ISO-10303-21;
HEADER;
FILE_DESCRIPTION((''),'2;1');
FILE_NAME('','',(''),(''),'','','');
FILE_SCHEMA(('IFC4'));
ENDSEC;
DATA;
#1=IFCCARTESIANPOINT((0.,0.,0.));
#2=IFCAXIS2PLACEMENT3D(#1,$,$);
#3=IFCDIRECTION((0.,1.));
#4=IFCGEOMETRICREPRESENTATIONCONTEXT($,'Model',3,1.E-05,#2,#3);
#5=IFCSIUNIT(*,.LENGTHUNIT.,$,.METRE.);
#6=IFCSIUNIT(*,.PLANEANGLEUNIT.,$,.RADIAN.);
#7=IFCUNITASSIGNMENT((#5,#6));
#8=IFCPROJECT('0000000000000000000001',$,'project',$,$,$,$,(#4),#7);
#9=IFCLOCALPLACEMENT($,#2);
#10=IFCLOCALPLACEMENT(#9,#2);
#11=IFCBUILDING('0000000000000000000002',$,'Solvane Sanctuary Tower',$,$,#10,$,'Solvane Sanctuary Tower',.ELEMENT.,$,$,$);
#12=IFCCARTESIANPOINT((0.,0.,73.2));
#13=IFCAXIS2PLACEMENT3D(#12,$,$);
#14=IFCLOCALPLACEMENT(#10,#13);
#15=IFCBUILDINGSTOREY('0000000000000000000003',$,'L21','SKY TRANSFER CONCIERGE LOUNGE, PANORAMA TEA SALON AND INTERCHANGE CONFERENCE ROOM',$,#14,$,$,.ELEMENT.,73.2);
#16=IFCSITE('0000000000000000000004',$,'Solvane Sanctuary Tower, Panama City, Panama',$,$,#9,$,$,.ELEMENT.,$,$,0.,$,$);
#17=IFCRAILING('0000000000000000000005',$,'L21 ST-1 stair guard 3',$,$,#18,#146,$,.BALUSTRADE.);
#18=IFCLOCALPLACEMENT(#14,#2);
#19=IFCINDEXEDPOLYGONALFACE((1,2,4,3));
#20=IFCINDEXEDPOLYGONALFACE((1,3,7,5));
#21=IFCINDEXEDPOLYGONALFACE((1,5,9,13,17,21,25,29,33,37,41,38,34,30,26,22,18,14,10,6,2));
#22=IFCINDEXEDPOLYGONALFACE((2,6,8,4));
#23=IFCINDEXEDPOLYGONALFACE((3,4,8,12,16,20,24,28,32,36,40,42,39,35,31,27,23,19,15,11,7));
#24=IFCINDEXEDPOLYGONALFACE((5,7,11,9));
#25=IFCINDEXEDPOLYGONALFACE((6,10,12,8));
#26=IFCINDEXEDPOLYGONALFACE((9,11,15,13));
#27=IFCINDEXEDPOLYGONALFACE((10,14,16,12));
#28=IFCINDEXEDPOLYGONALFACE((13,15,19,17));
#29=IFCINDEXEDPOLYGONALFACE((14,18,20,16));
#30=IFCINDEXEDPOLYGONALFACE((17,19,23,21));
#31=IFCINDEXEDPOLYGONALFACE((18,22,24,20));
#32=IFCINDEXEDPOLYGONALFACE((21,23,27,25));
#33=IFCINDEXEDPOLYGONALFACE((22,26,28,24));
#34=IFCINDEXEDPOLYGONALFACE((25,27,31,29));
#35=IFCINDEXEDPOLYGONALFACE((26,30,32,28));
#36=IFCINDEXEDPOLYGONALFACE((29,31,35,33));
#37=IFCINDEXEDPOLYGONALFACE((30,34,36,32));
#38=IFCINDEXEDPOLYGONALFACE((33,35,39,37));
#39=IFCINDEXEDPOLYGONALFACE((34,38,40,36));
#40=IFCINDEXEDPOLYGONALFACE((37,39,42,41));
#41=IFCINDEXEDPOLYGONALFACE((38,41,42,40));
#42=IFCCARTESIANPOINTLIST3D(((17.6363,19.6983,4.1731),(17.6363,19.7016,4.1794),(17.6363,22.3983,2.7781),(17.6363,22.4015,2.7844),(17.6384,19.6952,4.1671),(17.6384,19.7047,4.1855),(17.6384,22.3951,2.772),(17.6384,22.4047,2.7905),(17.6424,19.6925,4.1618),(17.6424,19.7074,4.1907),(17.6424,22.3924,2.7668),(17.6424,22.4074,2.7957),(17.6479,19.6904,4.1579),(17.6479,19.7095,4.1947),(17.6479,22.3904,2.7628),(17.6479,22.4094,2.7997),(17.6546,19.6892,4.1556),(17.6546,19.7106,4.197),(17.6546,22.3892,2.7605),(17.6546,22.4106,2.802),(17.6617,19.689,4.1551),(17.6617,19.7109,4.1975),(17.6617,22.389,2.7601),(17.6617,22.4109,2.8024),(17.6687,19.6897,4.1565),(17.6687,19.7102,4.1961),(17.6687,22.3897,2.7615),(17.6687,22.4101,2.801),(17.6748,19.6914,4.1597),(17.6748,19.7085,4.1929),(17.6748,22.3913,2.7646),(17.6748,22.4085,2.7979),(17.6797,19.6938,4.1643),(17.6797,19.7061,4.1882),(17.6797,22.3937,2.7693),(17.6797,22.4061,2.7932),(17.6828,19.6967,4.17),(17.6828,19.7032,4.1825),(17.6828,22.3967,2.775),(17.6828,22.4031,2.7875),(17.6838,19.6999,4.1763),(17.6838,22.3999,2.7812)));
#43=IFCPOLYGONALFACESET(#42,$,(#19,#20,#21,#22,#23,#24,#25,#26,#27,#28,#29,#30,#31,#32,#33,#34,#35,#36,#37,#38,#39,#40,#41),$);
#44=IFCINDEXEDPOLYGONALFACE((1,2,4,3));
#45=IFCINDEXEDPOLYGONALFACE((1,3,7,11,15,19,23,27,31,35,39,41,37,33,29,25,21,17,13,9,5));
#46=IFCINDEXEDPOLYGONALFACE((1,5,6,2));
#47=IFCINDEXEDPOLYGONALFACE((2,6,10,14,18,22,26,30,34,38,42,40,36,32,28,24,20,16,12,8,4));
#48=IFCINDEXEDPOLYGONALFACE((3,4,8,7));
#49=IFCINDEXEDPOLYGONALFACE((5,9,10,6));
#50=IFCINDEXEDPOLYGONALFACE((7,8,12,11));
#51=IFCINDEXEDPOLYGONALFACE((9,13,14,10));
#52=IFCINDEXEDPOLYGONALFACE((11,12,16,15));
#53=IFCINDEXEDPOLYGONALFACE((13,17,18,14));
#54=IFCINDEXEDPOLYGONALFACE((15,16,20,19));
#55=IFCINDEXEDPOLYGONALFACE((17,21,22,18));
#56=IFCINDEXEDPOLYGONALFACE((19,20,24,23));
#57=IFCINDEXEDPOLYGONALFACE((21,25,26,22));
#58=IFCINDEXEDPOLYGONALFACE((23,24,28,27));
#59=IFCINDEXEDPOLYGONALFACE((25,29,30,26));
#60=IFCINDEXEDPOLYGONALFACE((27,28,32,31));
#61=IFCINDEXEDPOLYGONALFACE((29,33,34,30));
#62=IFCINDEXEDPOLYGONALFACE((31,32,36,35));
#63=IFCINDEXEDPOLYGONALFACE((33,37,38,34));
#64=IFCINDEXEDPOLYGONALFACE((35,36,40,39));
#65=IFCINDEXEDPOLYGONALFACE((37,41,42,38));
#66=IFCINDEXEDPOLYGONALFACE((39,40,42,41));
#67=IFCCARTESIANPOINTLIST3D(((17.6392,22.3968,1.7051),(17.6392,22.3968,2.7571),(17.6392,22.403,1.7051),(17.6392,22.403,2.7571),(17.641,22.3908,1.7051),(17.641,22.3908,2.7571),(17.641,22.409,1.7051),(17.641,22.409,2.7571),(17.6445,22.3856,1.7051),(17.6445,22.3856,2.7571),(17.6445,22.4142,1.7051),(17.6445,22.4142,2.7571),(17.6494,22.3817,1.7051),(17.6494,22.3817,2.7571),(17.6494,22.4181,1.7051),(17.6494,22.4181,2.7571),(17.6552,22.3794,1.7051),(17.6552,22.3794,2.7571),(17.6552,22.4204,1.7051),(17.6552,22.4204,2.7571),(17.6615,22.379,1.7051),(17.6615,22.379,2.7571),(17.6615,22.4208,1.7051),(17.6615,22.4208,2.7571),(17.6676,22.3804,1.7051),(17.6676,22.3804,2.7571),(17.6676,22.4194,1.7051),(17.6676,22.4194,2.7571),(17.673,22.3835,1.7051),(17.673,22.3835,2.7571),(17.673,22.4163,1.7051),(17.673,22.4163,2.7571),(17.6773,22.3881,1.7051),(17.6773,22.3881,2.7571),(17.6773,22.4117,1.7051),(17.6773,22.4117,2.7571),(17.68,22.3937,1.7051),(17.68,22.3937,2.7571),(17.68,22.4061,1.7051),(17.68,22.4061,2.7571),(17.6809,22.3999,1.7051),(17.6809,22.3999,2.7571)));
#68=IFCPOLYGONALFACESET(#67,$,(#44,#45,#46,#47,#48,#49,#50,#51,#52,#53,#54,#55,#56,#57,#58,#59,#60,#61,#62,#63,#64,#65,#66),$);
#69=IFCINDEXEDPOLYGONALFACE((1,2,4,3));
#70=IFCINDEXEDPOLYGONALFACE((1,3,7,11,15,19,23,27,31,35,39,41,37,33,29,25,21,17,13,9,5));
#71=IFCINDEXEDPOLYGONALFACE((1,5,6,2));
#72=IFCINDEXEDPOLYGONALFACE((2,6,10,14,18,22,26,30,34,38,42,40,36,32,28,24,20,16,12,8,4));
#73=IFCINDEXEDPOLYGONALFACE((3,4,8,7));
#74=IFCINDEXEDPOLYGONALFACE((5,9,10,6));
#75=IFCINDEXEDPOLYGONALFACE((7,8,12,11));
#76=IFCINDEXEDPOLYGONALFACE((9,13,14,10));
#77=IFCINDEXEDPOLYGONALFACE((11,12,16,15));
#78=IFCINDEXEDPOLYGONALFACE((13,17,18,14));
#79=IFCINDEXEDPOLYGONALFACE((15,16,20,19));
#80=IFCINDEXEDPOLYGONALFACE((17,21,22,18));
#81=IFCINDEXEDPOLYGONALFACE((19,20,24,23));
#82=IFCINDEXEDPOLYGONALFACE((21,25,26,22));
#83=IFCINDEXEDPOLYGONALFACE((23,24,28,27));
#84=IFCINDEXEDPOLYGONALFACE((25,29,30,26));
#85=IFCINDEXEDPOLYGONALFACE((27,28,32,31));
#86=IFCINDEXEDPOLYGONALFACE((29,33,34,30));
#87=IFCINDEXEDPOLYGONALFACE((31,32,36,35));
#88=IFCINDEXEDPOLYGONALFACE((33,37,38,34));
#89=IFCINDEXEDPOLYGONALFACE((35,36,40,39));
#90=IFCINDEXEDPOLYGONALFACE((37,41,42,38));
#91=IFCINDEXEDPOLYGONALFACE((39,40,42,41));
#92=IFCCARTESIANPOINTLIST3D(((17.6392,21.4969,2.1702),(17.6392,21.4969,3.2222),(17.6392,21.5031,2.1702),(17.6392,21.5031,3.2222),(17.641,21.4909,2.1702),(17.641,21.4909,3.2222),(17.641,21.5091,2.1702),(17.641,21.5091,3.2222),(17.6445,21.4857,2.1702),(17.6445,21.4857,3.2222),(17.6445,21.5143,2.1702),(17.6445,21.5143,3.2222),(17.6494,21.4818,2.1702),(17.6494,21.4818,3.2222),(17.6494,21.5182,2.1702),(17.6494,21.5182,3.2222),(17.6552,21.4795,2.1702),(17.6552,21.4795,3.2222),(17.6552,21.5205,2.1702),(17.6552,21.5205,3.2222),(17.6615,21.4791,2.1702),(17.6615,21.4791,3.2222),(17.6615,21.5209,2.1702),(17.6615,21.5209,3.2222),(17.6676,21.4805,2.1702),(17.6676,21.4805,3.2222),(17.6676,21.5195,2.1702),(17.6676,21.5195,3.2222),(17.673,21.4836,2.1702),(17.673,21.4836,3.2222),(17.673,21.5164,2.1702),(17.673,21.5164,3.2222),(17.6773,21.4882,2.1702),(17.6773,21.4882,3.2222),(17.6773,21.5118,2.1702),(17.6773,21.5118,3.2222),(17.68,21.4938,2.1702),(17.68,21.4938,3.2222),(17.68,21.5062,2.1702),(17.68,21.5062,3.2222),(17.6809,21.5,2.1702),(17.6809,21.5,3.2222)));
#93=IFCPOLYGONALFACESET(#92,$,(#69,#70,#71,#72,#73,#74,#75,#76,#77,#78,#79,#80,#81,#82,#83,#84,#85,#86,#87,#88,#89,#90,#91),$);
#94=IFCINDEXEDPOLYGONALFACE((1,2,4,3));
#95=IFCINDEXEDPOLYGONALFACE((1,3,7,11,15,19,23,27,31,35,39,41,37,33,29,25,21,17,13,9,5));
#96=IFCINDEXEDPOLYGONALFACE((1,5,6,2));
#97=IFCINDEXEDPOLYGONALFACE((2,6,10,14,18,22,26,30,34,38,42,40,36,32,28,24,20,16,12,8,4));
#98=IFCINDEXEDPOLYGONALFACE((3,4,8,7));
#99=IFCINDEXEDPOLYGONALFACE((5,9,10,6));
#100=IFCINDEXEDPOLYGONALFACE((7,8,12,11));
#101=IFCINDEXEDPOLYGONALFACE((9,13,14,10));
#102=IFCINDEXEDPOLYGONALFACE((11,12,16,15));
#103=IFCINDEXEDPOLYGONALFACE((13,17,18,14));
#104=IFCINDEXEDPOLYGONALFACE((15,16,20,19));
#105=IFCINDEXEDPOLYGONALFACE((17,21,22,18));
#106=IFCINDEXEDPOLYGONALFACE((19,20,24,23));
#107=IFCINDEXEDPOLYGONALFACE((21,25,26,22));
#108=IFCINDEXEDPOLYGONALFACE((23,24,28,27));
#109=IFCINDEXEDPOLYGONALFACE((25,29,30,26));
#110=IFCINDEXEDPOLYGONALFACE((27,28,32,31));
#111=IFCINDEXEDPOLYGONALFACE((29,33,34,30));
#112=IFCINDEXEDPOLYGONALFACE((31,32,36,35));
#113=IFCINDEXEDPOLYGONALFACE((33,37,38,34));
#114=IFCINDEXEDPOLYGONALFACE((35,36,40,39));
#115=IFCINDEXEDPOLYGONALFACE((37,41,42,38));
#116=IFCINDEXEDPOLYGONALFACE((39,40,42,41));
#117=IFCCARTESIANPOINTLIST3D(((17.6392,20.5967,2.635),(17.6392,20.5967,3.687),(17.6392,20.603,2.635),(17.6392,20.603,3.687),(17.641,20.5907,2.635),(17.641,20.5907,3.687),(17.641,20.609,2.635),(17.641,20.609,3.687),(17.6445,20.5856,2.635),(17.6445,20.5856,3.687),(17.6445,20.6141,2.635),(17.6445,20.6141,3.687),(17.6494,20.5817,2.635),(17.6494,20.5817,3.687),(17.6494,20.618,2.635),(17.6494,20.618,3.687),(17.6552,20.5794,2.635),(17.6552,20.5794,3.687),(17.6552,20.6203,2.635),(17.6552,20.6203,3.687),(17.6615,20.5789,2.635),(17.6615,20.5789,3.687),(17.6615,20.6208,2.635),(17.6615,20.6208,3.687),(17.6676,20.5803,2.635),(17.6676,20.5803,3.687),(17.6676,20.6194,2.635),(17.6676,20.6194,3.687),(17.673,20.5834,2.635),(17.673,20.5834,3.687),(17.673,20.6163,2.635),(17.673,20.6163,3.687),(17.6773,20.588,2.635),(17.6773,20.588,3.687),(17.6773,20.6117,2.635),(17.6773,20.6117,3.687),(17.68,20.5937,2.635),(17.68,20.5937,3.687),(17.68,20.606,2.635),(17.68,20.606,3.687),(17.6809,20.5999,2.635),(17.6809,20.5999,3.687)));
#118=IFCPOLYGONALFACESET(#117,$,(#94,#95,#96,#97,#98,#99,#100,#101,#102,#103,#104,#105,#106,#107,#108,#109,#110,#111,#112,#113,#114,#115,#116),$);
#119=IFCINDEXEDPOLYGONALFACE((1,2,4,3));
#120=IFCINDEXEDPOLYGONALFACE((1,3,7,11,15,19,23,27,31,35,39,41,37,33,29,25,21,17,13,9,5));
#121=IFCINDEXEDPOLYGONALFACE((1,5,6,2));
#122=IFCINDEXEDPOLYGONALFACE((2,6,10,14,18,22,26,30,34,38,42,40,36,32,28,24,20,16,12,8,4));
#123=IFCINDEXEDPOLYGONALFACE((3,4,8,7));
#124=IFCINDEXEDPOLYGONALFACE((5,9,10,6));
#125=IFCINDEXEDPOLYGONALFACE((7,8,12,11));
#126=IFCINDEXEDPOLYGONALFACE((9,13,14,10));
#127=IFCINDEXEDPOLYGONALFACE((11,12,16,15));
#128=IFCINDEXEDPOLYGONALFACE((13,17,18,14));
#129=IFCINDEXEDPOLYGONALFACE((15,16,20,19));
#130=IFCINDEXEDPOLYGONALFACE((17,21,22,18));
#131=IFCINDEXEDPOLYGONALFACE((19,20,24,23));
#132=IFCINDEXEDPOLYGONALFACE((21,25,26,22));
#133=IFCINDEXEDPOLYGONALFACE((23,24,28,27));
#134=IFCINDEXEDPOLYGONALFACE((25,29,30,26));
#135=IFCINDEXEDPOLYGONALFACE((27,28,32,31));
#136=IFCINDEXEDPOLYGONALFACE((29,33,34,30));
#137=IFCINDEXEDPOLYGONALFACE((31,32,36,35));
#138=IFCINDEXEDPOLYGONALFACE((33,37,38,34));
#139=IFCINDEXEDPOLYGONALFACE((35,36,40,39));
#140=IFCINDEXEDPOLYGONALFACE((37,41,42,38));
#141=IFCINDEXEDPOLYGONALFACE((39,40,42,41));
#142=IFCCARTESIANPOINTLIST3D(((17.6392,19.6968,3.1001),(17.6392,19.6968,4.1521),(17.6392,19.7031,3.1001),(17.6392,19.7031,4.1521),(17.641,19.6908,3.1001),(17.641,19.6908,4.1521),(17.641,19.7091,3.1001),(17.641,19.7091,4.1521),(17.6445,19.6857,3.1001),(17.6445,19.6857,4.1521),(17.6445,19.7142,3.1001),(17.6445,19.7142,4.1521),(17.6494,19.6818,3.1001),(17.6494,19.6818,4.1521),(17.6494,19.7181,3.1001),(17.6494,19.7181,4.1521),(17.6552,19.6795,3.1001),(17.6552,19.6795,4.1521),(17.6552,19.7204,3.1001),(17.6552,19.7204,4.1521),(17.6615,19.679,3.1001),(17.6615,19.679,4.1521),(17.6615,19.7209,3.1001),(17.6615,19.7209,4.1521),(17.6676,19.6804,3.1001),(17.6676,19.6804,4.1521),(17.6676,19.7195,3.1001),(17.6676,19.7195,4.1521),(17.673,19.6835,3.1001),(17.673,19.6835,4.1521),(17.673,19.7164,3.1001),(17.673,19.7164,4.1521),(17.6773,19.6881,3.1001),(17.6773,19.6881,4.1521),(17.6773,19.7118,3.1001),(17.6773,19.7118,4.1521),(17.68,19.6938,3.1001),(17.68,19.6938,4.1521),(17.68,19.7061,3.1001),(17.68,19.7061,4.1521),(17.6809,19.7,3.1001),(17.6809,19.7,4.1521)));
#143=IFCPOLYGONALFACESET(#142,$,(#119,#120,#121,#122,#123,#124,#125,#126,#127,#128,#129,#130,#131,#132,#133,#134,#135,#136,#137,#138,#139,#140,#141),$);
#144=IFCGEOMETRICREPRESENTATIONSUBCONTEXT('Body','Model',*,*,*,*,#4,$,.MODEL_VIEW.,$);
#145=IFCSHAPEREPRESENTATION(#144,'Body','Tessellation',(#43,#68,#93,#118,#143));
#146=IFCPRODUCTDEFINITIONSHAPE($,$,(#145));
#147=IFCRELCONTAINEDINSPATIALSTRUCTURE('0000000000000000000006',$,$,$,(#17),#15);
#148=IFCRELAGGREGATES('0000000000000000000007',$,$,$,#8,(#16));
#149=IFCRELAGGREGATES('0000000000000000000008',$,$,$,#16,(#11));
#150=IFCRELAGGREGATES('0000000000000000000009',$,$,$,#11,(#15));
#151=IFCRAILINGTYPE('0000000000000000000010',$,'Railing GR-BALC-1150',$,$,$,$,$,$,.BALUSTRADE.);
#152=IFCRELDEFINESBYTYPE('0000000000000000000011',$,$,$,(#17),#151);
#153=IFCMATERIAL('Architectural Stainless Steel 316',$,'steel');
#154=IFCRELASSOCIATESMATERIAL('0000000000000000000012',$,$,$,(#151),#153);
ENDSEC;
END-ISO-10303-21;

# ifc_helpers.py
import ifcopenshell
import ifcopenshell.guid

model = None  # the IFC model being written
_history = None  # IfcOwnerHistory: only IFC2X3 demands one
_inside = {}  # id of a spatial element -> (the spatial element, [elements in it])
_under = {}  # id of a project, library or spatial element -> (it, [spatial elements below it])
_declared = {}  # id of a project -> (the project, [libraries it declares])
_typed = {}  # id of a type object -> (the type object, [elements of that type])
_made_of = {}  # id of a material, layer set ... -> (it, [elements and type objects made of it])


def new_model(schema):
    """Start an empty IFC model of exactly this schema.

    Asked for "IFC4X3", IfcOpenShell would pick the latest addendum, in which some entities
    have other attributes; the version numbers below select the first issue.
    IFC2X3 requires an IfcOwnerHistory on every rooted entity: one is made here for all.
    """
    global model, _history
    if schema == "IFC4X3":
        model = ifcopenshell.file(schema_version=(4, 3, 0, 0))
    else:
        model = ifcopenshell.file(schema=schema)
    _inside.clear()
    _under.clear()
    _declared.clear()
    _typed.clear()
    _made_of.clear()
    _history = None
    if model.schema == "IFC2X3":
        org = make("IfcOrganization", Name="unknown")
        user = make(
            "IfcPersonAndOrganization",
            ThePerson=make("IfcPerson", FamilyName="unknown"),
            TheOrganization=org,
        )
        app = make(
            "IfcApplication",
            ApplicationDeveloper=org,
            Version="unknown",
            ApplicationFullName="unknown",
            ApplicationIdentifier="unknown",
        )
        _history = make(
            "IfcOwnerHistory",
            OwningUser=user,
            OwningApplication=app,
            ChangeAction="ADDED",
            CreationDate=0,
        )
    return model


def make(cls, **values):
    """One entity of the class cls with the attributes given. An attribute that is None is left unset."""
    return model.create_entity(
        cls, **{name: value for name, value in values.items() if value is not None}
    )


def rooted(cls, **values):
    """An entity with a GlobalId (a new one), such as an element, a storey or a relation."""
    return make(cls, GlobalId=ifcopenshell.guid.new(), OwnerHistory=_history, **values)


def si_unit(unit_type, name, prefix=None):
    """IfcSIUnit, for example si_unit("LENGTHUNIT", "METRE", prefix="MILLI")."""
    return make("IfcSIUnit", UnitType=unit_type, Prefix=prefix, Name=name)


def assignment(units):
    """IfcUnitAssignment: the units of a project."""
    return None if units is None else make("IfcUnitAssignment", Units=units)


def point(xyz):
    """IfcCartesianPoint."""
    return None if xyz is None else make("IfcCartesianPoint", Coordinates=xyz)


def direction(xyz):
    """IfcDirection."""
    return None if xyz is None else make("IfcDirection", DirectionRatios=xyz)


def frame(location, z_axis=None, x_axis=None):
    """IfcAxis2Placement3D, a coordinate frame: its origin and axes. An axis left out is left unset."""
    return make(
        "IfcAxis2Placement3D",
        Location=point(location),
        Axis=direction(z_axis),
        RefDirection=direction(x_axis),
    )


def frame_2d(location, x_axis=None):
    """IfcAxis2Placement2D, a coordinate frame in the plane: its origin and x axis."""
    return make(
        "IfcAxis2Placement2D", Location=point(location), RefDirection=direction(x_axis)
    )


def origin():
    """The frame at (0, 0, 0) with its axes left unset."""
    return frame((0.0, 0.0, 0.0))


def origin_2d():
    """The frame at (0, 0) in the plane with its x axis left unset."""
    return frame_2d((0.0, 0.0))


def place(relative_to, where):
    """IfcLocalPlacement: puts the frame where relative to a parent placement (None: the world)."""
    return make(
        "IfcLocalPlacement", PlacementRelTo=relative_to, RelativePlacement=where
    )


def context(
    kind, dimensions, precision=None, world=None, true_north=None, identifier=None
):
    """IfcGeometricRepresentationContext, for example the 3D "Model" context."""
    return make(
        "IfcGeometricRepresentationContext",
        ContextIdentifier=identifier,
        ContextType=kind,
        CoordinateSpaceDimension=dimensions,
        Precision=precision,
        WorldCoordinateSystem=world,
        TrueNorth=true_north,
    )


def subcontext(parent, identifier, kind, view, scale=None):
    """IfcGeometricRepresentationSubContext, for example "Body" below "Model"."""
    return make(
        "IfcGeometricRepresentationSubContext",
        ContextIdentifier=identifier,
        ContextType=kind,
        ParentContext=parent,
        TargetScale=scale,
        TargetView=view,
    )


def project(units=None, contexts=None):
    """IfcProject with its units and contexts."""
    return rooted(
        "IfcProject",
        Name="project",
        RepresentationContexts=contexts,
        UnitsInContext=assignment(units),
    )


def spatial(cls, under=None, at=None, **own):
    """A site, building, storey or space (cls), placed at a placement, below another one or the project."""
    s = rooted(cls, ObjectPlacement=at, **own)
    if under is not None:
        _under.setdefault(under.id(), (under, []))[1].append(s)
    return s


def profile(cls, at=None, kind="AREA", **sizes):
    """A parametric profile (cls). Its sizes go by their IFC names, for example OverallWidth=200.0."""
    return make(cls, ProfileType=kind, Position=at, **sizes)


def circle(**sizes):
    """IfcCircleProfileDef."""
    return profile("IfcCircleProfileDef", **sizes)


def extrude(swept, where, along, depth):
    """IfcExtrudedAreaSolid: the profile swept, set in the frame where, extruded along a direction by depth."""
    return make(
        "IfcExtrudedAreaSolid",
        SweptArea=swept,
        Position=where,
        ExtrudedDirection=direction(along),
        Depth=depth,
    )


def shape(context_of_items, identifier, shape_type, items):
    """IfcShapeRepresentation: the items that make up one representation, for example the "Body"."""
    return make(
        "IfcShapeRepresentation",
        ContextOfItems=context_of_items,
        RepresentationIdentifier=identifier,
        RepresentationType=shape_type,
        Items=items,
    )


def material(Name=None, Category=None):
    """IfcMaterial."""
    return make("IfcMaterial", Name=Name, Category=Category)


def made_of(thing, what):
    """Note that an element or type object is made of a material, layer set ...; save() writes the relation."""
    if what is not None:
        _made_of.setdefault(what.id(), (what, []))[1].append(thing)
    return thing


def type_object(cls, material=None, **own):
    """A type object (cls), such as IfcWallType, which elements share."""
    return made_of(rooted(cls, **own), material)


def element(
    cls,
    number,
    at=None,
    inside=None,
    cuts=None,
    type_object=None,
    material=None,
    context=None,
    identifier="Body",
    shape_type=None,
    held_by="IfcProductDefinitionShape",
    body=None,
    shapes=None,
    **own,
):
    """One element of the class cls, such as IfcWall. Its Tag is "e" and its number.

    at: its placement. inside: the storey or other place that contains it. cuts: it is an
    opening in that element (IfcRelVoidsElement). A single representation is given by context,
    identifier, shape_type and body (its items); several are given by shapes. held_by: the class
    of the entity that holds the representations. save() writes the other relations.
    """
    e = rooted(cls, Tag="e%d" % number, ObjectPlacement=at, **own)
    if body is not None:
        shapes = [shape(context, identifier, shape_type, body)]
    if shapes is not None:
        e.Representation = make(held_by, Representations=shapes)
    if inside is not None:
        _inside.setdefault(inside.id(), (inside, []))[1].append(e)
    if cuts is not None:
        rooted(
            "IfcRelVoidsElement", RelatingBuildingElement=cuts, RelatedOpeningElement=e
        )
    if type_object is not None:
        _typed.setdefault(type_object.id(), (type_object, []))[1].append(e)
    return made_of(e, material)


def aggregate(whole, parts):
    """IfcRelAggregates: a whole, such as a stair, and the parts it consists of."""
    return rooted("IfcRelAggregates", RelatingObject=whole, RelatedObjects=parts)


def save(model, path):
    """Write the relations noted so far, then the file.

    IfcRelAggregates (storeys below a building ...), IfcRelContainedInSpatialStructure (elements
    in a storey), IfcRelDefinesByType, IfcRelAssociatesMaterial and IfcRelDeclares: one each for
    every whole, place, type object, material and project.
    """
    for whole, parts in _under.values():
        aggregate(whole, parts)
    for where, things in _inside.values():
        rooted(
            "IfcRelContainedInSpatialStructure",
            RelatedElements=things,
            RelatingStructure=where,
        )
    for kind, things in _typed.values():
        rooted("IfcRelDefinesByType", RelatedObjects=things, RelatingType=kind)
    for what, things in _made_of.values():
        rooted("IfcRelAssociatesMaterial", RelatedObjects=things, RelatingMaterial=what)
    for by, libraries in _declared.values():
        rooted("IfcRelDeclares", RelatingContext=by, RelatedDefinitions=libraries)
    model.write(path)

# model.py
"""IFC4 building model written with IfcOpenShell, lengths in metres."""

from ifc_helpers import new_model, si_unit, direction, frame, origin, origin_2d, place, context, subcontext, project, spatial, circle, extrude, material, type_object, element, save


model = new_model("IFC4")

# Units and contexts
model_context = context("Model", 3, precision=1e-05, world=origin(), true_north=direction((0.0, 1.0)))
body_context = subcontext(model_context, "Body", "Model", "MODEL_VIEW")
ifc_project = project(units=[si_unit("LENGTHUNIT", "METRE"), si_unit("PLANEANGLEUNIT", "RADIAN")], contexts=[model_context])

# Site, building, storey
site_placement = place(None, origin())
site = spatial("IfcSite", under=ifc_project, at=site_placement, Name="Solvane Sanctuary Tower, Panama City, Panama", CompositionType="ELEMENT", RefElevation=0.0)
building_placement = place(site_placement, origin())
building = spatial("IfcBuilding", under=site, at=building_placement, Name="Solvane Sanctuary Tower", LongName="Solvane Sanctuary Tower", CompositionType="ELEMENT")
storey_placement = place(building_placement, frame((0.0, 0.0, 73.2)))
storey = spatial("IfcBuildingStorey", under=building, at=storey_placement, Name="L21", Description="SKY TRANSFER CONCIERGE LOUNGE, PANORAMA TEA SALON AND INTERCHANGE CONFERENCE ROOM", CompositionType="ELEMENT", Elevation=73.2)

# Shared definitions
ifc_material_1 = material(Name="Architectural Stainless Steel 316", Category="steel")

# Railing
railing_type_1 = type_object("IfcRailingType", Name="Railing GR-BALC-1150", PredefinedType="BALUSTRADE", material=ifc_material_1)
railing_1_placement = place(storey_placement, frame((17.6599, 22.3999, 1.7051)))
element("IfcRailing", 1, at=railing_1_placement, inside=storey, type_object=railing_type_1, Name="L21 ST-1 stair guard 3", PredefinedType="BALUSTRADE", context=body_context, shape_type="SweptSolid", body=[
    extrude(circle(Radius=0.0239, at=origin_2d()), frame((0.0, 0.0, 1.0762), z_axis=(0.0, -0.88842, 0.459032), x_axis=(1.0, 0.0, 0.0)), (0.0, 0.0, 1.0), 3.0391),
    extrude(circle(Radius=0.021, at=origin_2d()), origin(), (0.0, 0.0, 1.0), 1.052),
    extrude(circle(Radius=0.021, at=origin_2d()), frame((0.0, -0.8999, 0.4651)), (0.0, 0.0, 1.0), 1.052),
    extrude(circle(Radius=0.021, at=origin_2d()), frame((0.0, -1.8, 0.9299)), (0.0, 0.0, 1.0), 1.052),
    extrude(circle(Radius=0.021, at=origin_2d()), frame((0.0, -2.7, 1.395)), (0.0, 0.0, 1.0), 1.052),
])

save(model, "model.ifc")
